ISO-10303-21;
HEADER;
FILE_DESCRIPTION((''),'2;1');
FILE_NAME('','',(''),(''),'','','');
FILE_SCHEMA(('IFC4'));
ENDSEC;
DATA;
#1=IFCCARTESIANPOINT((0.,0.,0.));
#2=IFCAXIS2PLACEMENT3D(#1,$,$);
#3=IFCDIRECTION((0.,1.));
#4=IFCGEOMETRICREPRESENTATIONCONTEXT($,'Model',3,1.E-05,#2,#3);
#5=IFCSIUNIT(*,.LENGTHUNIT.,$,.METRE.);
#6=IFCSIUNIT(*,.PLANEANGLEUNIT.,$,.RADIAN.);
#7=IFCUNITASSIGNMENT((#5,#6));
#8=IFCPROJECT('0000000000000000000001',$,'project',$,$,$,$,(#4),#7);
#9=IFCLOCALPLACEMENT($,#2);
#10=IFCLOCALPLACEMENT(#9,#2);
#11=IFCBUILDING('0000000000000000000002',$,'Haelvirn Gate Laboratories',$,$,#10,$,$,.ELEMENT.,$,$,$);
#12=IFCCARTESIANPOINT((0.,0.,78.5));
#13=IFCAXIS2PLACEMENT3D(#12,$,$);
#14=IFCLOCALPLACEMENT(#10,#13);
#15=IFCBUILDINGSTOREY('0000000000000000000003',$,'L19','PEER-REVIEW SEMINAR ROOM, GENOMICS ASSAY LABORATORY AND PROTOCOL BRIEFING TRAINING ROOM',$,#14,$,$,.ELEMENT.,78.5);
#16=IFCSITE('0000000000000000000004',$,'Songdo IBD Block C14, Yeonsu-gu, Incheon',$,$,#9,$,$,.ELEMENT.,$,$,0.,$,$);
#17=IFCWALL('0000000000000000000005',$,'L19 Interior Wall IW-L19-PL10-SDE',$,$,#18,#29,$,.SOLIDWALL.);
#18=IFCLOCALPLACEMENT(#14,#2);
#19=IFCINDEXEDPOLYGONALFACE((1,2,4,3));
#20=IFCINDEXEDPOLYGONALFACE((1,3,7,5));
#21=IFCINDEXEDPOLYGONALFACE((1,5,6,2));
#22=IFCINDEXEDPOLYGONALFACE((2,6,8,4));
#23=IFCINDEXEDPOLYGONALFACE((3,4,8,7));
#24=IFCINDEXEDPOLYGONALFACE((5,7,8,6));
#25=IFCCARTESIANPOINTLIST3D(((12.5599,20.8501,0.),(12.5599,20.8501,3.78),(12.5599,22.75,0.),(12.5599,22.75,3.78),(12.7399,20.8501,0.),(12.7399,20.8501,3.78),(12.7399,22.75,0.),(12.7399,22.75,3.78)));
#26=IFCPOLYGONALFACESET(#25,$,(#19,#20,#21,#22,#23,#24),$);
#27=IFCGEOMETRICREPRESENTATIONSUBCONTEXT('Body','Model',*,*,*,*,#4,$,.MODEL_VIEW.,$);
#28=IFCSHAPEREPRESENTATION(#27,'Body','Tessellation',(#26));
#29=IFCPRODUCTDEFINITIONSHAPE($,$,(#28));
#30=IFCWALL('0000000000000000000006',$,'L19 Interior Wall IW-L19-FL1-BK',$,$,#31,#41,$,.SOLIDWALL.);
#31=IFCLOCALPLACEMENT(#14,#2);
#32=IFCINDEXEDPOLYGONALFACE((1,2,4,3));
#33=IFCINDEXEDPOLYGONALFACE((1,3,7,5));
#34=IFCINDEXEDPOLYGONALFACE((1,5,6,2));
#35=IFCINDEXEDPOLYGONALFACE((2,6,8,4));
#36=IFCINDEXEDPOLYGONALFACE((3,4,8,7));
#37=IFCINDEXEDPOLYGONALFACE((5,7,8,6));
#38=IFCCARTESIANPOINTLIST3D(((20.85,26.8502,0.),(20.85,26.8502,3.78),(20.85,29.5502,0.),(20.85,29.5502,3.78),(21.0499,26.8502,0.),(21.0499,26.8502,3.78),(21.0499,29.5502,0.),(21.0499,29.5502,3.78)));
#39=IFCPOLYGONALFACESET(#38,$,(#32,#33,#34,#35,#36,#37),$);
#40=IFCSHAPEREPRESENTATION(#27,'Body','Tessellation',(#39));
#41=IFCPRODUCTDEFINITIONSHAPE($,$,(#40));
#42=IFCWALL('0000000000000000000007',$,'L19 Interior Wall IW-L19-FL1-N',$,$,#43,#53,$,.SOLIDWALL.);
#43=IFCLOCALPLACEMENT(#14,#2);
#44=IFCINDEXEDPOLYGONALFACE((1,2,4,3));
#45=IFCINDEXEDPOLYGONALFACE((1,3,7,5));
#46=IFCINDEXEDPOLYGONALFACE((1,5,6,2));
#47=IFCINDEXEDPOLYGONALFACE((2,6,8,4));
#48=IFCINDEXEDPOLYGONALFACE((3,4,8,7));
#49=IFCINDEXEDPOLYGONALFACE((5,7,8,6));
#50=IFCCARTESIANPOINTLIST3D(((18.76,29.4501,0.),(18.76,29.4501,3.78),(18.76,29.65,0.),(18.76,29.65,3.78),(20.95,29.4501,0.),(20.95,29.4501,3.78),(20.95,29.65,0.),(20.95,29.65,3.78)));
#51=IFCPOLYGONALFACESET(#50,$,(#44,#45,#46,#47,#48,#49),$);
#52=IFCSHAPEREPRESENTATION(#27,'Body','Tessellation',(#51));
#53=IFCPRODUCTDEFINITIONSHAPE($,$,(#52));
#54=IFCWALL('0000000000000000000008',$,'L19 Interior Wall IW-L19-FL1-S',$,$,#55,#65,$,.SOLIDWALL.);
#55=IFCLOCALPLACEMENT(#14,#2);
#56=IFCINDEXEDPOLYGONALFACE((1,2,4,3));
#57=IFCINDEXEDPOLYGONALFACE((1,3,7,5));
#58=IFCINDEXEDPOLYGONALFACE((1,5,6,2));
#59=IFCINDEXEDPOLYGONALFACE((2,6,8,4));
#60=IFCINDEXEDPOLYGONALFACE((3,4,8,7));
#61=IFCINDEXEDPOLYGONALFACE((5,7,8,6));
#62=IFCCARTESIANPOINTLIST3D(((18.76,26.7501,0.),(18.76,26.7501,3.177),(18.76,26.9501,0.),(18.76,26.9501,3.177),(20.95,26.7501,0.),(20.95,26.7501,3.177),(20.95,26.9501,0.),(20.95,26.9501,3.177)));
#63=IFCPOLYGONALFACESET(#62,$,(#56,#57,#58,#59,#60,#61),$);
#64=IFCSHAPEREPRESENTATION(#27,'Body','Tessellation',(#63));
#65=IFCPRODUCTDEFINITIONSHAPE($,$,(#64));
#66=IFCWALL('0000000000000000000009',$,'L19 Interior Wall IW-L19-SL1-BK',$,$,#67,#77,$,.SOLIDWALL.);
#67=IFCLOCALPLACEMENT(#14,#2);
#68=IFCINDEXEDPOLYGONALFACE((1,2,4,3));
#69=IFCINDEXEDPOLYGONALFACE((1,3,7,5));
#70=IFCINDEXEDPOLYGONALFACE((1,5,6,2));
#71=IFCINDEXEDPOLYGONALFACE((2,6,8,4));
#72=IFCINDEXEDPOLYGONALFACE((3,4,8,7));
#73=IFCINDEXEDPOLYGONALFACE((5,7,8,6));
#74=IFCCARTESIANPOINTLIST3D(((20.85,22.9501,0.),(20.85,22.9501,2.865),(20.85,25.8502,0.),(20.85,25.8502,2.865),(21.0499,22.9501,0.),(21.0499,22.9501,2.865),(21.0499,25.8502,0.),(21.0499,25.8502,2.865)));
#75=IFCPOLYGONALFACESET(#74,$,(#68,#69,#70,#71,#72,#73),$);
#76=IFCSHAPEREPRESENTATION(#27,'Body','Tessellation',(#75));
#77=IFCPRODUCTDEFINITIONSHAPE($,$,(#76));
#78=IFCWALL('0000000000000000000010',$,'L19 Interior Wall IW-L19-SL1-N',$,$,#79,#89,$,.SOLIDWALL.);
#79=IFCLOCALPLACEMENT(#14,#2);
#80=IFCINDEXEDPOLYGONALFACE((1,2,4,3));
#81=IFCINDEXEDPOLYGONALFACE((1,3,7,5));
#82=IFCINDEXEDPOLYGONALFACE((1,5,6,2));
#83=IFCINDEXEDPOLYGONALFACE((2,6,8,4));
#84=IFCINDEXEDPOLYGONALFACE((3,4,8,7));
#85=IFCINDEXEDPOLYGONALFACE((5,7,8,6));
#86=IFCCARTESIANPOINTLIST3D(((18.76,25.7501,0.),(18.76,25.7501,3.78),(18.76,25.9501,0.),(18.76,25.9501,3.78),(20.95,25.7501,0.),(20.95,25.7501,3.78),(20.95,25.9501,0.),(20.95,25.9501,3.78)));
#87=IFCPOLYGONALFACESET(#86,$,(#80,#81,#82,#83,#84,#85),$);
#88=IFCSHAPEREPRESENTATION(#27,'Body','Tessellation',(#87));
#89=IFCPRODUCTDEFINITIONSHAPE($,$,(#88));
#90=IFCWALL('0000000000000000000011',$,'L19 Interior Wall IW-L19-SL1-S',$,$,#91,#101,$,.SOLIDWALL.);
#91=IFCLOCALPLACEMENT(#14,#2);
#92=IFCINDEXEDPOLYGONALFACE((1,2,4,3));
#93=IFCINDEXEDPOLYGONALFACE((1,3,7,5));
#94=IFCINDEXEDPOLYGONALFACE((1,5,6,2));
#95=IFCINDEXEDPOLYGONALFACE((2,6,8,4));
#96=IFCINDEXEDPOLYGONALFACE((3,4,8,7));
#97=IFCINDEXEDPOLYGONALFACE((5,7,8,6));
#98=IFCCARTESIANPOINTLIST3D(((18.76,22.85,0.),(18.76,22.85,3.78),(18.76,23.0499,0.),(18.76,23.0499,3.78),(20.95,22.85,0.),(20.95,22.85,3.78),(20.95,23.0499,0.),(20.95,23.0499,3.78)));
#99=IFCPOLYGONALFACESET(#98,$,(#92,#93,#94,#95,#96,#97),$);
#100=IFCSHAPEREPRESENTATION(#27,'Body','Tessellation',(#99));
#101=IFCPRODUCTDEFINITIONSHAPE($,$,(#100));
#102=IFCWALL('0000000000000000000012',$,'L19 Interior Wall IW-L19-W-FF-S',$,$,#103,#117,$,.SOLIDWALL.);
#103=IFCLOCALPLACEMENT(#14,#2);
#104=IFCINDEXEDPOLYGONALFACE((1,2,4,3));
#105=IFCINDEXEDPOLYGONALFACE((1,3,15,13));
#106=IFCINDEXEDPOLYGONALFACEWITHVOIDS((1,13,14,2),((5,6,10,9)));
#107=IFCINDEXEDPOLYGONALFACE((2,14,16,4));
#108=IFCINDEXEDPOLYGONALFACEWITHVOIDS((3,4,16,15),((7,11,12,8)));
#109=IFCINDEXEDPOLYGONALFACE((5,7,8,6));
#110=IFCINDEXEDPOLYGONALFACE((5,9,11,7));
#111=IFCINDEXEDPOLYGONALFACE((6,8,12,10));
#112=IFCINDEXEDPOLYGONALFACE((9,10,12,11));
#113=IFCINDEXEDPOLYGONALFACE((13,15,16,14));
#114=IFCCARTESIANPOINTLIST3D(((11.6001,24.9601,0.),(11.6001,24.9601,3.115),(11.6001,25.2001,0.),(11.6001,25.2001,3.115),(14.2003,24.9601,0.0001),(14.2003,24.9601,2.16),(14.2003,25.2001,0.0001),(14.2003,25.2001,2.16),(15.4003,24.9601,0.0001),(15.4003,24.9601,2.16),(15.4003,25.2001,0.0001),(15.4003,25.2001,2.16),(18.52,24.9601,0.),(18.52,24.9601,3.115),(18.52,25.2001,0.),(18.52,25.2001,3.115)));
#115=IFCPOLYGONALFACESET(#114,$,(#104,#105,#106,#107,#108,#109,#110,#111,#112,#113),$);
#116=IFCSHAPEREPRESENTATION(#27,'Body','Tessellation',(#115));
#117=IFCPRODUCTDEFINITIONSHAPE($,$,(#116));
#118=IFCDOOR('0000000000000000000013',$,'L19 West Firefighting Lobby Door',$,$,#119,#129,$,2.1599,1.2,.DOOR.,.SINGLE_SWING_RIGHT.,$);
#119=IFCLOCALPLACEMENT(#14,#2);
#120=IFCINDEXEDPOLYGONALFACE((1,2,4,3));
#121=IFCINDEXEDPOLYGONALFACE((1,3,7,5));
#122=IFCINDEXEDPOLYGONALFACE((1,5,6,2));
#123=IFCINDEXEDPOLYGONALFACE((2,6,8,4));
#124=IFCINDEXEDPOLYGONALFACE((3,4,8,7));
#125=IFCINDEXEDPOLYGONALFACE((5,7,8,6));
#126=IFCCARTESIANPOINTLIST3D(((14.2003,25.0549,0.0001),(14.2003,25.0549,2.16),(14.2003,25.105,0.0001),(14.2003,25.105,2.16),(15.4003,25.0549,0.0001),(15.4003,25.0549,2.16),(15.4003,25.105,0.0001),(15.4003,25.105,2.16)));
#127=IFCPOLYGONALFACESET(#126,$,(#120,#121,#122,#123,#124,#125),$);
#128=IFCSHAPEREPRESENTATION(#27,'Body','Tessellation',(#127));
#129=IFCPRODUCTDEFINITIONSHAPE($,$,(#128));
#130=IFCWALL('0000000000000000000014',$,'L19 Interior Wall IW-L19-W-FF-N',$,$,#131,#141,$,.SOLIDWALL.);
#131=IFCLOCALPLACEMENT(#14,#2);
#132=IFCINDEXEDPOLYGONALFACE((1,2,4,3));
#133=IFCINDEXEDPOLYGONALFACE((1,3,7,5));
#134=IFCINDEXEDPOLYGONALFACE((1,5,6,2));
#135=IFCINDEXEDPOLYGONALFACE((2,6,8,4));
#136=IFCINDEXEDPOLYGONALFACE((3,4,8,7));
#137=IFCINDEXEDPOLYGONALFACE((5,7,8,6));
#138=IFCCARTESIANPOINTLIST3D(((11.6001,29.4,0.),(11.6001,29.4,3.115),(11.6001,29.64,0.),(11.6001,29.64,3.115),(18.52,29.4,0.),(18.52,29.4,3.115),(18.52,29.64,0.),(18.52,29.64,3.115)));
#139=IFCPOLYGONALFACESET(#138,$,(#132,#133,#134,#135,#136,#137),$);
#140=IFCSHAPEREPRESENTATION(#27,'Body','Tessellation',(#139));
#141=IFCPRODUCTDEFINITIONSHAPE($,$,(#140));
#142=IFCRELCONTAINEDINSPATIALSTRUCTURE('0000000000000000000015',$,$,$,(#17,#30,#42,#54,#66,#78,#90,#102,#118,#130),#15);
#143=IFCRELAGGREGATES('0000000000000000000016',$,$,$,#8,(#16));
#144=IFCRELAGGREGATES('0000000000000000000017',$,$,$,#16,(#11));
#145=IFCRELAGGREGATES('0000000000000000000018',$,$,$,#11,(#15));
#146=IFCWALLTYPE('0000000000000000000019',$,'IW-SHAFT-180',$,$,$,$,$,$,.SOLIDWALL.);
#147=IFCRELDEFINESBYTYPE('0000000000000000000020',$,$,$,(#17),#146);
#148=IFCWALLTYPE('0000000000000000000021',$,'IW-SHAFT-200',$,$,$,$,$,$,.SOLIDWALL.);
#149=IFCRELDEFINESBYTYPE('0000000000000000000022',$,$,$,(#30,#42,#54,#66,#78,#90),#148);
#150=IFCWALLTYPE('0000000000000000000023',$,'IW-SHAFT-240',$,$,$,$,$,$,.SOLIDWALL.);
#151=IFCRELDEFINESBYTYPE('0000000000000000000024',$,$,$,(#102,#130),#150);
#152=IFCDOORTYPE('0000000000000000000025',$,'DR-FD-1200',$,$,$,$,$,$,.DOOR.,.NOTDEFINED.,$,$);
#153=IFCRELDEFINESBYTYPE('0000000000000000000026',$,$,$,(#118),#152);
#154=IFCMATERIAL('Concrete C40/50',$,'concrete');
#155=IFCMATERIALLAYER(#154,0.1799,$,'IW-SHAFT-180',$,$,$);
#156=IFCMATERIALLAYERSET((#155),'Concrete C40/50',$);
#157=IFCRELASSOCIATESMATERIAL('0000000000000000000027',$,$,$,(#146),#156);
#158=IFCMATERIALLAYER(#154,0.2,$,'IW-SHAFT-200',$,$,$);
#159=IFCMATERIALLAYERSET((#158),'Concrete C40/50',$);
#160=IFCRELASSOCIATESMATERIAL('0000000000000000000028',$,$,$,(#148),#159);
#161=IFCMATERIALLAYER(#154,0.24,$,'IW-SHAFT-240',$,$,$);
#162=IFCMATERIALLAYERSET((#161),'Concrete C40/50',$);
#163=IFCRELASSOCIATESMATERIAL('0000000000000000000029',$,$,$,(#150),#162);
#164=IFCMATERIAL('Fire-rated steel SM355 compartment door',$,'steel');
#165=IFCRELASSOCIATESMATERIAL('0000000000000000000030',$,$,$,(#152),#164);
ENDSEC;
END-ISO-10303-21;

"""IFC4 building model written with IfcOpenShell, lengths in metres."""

from ifc_helpers import new_model, si_unit, direction, frame, frame_2d, origin, place, context, subcontext, project, spatial, rectangle, extrude, source, transform, mapped, material, layer, layer_set, type_object, type_shapes, element, fill, save


model = new_model("IFC4")

# Units and contexts
model_context = context("Model", 3, precision=1e-05, world=origin(), true_north=direction((0.0, 1.0)))
body_context = subcontext(model_context, "Body", "Model", "MODEL_VIEW")
ifc_project = project(units=[si_unit("LENGTHUNIT", "METRE"), si_unit("PLANEANGLEUNIT", "RADIAN")], contexts=[model_context])

# Site, building, storey
site_placement = place(None, origin())
site = spatial("IfcSite", under=ifc_project, at=site_placement, Name="Songdo IBD Block C14, Yeonsu-gu, Incheon", CompositionType="ELEMENT", RefElevation=0.0)
building_placement = place(site_placement, origin())
building = spatial("IfcBuilding", under=site, at=building_placement, Name="Haelvirn Gate Laboratories", CompositionType="ELEMENT")
storey_placement = place(building_placement, frame((0.0, 0.0, 78.5)))
storey = spatial("IfcBuildingStorey", under=building, at=storey_placement, Name="L19", Description="PEER-REVIEW SEMINAR ROOM, GENOMICS ASSAY LABORATORY AND PROTOCOL BRIEFING TRAINING ROOM", CompositionType="ELEMENT", Elevation=78.5)

# Walls
ifc_material_1 = material(Name="Concrete C40/50", Category="concrete")
ifc_layer_1 = layer(ifc_material_1, 0.1799, Name="IW-SHAFT-180")
ifc_layer_set_1 = layer_set([ifc_layer_1], Name="Concrete C40/50")
wall_type_1 = type_object("IfcWallType", Name="IW-SHAFT-180", PredefinedType="SOLIDWALL", material=ifc_layer_set_1)
for number, where, z_axis, x_axis, name in (
    (1, (12.6499, 20.8501, 0.0), (0.0, 0.0, 1.0), (0.0, 1.0, 0.0), "L19 Interior Wall IW-L19-PL10-SDE"),
):
    element("IfcWall", number, at=place(storey_placement, frame(where, z_axis=z_axis, x_axis=x_axis)), inside=storey, type_object=wall_type_1, Name=name, PredefinedType="SOLIDWALL", context=body_context, shape_type="SweptSolid", body=[
        extrude(rectangle(XDim=1.8999, YDim=0.1799, at=frame_2d((0.95, 0.0))), origin(), (0.0, 0.0, 1.0), 3.78),
    ])
ifc_layer_2 = layer(ifc_material_1, 0.2, Name="IW-SHAFT-200")
ifc_layer_set_2 = layer_set([ifc_layer_2], Name="Concrete C40/50")
wall_type_2 = type_object("IfcWallType", Name="IW-SHAFT-200", PredefinedType="SOLIDWALL", material=ifc_layer_set_2)
wall_1_placement = place(storey_placement, frame((20.95, 26.8501, 0.0), z_axis=(0.0, 0.0, 1.0), x_axis=(0.0, 1.0, 0.0)))
element("IfcWall", 2, at=wall_1_placement, inside=storey, type_object=wall_type_2, Name="L19 Interior Wall IW-L19-FL1-BK", PredefinedType="SOLIDWALL", context=body_context, shape_type="SweptSolid", body=[
    extrude(rectangle(XDim=2.7, YDim=0.2, at=frame_2d((1.3501, 0.0))), origin(), (0.0, 0.0, 1.0), 3.78),
])
wall_2_placement = place(storey_placement, frame((18.76, 29.55, 0.0), z_axis=(0.0, 0.0, 1.0), x_axis=(1.0, 0.0, 0.0)))
element("IfcWall", 3, at=wall_2_placement, inside=storey, type_object=wall_type_2, Name="L19 Interior Wall IW-L19-FL1-N", PredefinedType="SOLIDWALL", context=body_context, shape_type="SweptSolid", body=[
    extrude(rectangle(XDim=2.1899, YDim=0.2, at=frame_2d((1.095, 0.0))), origin(), (0.0, 0.0, 1.0), 3.78),
])
wall_3_placement = place(storey_placement, frame((18.76, 26.8501, 0.0), z_axis=(0.0, 0.0, 1.0), x_axis=(1.0, 0.0, 0.0)))
element("IfcWall", 4, at=wall_3_placement, inside=storey, type_object=wall_type_2, Name="L19 Interior Wall IW-L19-FL1-S", PredefinedType="SOLIDWALL", context=body_context, shape_type="SweptSolid", body=[
    extrude(rectangle(XDim=2.1899, YDim=0.2, at=frame_2d((1.095, 0.0))), origin(), (0.0, 0.0, 1.0), 3.177),
])
wall_4_placement = place(storey_placement, frame((20.95, 22.95, 0.0), z_axis=(0.0, 0.0, 1.0), x_axis=(0.0, 1.0, 0.0)))
element("IfcWall", 5, at=wall_4_placement, inside=storey, type_object=wall_type_2, Name="L19 Interior Wall IW-L19-SL1-BK", PredefinedType="SOLIDWALL", context=body_context, shape_type="SweptSolid", body=[
    extrude(rectangle(XDim=2.9001, YDim=0.2, at=frame_2d((1.4502, 0.0))), origin(), (0.0, 0.0, 1.0), 2.865),
])
for number, where, z_axis, x_axis, name in (
    (6, (18.76, 25.8501, 0.0), (0.0, 0.0, 1.0), (1.0, 0.0, 0.0), "L19 Interior Wall IW-L19-SL1-N"),
    (7, (18.76, 22.95, 0.0), (0.0, 0.0, 1.0), (1.0, 0.0, 0.0), "L19 Interior Wall IW-L19-SL1-S"),
):
    element("IfcWall", number, at=place(storey_placement, frame(where, z_axis=z_axis, x_axis=x_axis)), inside=storey, type_object=wall_type_2, Name=name, PredefinedType="SOLIDWALL", context=body_context, shape_type="SweptSolid", body=[
        extrude(rectangle(XDim=2.1899, YDim=0.2, at=frame_2d((1.095, 0.0))), origin(), (0.0, 0.0, 1.0), 3.78),
    ])

# Wall, opening, door
ifc_layer_3 = layer(ifc_material_1, 0.24, Name="IW-SHAFT-240")
ifc_layer_set_3 = layer_set([ifc_layer_3], Name="Concrete C40/50")
wall_type_3 = type_object("IfcWallType", Name="IW-SHAFT-240", PredefinedType="SOLIDWALL", material=ifc_layer_set_3)
wall_5_placement = place(storey_placement, frame((11.6001, 25.0801, 0.0), z_axis=(0.0, 0.0, 1.0), x_axis=(1.0, 0.0, 0.0)))
wall_5 = element("IfcWall", 8, at=wall_5_placement, inside=storey, type_object=wall_type_3, Name="L19 Interior Wall IW-L19-W-FF-S", PredefinedType="SOLIDWALL", context=body_context, shape_type="SweptSolid", body=[
    extrude(rectangle(XDim=6.9199, YDim=0.24, at=frame_2d((3.46, 0.0))), origin(), (0.0, 0.0, 1.0), 3.115),
])
opening_1_placement = place(wall_5_placement, frame((2.6001, 0.0, 0.0)))
opening_1 = element("IfcOpeningElement", 9, at=opening_1_placement, cuts=wall_5, PredefinedType="OPENING", context=body_context, shape_type="SweptSolid", body=[
    extrude(rectangle(XDim=1.2, YDim=2.1599, at=frame_2d((0.6001, 1.0801))), frame((0.0, 0.1299, 0.0), z_axis=(0.0, -1.0, 0.0), x_axis=(1.0, 0.0, 0.0)), (0.0, 0.0, 1.0), 0.26),
])
ifc_material_2 = material(Name="Fire-rated steel SM355 compartment door", Category="steel")
door_type_1 = type_object("IfcDoorType", Name="DR-FD-1200", OperationType="NOTDEFINED", PredefinedType="DOOR", material=ifc_material_2)
shared_shape_1 = source(origin(), body_context, "Body", "SweptSolid", [
    extrude(rectangle(XDim=1.2, YDim=2.1599, at=frame_2d((0.6001, 1.0801))), frame((0.0, 0.0249, 0.0), z_axis=(0.0, -1.0, 0.0), x_axis=(1.0, 0.0, 0.0)), (0.0, 0.0, 1.0), 0.05),
])
type_shapes(door_type_1, [shared_shape_1])
door_1_placement = place(opening_1_placement, origin())
door_1 = element("IfcDoor", 10, at=door_1_placement, inside=storey, type_object=door_type_1, Name="L19 West Firefighting Lobby Door", OperationType="SINGLE_SWING_RIGHT", OverallHeight=2.1599, OverallWidth=1.2, PredefinedType="DOOR", context=body_context, shape_type="MappedRepresentation", body=[
    mapped(shared_shape_1, transform((0.0, 0.0, 0.0), scale=1.0)),
])
fill(opening_1, door_1)

# Wall
wall_6_placement = place(storey_placement, frame((11.6001, 29.52, 0.0), z_axis=(0.0, 0.0, 1.0), x_axis=(1.0, 0.0, 0.0)))
element("IfcWall", 11, at=wall_6_placement, inside=storey, type_object=wall_type_3, Name="L19 Interior Wall IW-L19-W-FF-N", PredefinedType="SOLIDWALL", context=body_context, shape_type="SweptSolid", body=[
    extrude(rectangle(XDim=6.9199, YDim=0.24, at=frame_2d((3.46, 0.0))), origin(), (0.0, 0.0, 1.0), 3.115),
])

save(model, "model.ifc")
